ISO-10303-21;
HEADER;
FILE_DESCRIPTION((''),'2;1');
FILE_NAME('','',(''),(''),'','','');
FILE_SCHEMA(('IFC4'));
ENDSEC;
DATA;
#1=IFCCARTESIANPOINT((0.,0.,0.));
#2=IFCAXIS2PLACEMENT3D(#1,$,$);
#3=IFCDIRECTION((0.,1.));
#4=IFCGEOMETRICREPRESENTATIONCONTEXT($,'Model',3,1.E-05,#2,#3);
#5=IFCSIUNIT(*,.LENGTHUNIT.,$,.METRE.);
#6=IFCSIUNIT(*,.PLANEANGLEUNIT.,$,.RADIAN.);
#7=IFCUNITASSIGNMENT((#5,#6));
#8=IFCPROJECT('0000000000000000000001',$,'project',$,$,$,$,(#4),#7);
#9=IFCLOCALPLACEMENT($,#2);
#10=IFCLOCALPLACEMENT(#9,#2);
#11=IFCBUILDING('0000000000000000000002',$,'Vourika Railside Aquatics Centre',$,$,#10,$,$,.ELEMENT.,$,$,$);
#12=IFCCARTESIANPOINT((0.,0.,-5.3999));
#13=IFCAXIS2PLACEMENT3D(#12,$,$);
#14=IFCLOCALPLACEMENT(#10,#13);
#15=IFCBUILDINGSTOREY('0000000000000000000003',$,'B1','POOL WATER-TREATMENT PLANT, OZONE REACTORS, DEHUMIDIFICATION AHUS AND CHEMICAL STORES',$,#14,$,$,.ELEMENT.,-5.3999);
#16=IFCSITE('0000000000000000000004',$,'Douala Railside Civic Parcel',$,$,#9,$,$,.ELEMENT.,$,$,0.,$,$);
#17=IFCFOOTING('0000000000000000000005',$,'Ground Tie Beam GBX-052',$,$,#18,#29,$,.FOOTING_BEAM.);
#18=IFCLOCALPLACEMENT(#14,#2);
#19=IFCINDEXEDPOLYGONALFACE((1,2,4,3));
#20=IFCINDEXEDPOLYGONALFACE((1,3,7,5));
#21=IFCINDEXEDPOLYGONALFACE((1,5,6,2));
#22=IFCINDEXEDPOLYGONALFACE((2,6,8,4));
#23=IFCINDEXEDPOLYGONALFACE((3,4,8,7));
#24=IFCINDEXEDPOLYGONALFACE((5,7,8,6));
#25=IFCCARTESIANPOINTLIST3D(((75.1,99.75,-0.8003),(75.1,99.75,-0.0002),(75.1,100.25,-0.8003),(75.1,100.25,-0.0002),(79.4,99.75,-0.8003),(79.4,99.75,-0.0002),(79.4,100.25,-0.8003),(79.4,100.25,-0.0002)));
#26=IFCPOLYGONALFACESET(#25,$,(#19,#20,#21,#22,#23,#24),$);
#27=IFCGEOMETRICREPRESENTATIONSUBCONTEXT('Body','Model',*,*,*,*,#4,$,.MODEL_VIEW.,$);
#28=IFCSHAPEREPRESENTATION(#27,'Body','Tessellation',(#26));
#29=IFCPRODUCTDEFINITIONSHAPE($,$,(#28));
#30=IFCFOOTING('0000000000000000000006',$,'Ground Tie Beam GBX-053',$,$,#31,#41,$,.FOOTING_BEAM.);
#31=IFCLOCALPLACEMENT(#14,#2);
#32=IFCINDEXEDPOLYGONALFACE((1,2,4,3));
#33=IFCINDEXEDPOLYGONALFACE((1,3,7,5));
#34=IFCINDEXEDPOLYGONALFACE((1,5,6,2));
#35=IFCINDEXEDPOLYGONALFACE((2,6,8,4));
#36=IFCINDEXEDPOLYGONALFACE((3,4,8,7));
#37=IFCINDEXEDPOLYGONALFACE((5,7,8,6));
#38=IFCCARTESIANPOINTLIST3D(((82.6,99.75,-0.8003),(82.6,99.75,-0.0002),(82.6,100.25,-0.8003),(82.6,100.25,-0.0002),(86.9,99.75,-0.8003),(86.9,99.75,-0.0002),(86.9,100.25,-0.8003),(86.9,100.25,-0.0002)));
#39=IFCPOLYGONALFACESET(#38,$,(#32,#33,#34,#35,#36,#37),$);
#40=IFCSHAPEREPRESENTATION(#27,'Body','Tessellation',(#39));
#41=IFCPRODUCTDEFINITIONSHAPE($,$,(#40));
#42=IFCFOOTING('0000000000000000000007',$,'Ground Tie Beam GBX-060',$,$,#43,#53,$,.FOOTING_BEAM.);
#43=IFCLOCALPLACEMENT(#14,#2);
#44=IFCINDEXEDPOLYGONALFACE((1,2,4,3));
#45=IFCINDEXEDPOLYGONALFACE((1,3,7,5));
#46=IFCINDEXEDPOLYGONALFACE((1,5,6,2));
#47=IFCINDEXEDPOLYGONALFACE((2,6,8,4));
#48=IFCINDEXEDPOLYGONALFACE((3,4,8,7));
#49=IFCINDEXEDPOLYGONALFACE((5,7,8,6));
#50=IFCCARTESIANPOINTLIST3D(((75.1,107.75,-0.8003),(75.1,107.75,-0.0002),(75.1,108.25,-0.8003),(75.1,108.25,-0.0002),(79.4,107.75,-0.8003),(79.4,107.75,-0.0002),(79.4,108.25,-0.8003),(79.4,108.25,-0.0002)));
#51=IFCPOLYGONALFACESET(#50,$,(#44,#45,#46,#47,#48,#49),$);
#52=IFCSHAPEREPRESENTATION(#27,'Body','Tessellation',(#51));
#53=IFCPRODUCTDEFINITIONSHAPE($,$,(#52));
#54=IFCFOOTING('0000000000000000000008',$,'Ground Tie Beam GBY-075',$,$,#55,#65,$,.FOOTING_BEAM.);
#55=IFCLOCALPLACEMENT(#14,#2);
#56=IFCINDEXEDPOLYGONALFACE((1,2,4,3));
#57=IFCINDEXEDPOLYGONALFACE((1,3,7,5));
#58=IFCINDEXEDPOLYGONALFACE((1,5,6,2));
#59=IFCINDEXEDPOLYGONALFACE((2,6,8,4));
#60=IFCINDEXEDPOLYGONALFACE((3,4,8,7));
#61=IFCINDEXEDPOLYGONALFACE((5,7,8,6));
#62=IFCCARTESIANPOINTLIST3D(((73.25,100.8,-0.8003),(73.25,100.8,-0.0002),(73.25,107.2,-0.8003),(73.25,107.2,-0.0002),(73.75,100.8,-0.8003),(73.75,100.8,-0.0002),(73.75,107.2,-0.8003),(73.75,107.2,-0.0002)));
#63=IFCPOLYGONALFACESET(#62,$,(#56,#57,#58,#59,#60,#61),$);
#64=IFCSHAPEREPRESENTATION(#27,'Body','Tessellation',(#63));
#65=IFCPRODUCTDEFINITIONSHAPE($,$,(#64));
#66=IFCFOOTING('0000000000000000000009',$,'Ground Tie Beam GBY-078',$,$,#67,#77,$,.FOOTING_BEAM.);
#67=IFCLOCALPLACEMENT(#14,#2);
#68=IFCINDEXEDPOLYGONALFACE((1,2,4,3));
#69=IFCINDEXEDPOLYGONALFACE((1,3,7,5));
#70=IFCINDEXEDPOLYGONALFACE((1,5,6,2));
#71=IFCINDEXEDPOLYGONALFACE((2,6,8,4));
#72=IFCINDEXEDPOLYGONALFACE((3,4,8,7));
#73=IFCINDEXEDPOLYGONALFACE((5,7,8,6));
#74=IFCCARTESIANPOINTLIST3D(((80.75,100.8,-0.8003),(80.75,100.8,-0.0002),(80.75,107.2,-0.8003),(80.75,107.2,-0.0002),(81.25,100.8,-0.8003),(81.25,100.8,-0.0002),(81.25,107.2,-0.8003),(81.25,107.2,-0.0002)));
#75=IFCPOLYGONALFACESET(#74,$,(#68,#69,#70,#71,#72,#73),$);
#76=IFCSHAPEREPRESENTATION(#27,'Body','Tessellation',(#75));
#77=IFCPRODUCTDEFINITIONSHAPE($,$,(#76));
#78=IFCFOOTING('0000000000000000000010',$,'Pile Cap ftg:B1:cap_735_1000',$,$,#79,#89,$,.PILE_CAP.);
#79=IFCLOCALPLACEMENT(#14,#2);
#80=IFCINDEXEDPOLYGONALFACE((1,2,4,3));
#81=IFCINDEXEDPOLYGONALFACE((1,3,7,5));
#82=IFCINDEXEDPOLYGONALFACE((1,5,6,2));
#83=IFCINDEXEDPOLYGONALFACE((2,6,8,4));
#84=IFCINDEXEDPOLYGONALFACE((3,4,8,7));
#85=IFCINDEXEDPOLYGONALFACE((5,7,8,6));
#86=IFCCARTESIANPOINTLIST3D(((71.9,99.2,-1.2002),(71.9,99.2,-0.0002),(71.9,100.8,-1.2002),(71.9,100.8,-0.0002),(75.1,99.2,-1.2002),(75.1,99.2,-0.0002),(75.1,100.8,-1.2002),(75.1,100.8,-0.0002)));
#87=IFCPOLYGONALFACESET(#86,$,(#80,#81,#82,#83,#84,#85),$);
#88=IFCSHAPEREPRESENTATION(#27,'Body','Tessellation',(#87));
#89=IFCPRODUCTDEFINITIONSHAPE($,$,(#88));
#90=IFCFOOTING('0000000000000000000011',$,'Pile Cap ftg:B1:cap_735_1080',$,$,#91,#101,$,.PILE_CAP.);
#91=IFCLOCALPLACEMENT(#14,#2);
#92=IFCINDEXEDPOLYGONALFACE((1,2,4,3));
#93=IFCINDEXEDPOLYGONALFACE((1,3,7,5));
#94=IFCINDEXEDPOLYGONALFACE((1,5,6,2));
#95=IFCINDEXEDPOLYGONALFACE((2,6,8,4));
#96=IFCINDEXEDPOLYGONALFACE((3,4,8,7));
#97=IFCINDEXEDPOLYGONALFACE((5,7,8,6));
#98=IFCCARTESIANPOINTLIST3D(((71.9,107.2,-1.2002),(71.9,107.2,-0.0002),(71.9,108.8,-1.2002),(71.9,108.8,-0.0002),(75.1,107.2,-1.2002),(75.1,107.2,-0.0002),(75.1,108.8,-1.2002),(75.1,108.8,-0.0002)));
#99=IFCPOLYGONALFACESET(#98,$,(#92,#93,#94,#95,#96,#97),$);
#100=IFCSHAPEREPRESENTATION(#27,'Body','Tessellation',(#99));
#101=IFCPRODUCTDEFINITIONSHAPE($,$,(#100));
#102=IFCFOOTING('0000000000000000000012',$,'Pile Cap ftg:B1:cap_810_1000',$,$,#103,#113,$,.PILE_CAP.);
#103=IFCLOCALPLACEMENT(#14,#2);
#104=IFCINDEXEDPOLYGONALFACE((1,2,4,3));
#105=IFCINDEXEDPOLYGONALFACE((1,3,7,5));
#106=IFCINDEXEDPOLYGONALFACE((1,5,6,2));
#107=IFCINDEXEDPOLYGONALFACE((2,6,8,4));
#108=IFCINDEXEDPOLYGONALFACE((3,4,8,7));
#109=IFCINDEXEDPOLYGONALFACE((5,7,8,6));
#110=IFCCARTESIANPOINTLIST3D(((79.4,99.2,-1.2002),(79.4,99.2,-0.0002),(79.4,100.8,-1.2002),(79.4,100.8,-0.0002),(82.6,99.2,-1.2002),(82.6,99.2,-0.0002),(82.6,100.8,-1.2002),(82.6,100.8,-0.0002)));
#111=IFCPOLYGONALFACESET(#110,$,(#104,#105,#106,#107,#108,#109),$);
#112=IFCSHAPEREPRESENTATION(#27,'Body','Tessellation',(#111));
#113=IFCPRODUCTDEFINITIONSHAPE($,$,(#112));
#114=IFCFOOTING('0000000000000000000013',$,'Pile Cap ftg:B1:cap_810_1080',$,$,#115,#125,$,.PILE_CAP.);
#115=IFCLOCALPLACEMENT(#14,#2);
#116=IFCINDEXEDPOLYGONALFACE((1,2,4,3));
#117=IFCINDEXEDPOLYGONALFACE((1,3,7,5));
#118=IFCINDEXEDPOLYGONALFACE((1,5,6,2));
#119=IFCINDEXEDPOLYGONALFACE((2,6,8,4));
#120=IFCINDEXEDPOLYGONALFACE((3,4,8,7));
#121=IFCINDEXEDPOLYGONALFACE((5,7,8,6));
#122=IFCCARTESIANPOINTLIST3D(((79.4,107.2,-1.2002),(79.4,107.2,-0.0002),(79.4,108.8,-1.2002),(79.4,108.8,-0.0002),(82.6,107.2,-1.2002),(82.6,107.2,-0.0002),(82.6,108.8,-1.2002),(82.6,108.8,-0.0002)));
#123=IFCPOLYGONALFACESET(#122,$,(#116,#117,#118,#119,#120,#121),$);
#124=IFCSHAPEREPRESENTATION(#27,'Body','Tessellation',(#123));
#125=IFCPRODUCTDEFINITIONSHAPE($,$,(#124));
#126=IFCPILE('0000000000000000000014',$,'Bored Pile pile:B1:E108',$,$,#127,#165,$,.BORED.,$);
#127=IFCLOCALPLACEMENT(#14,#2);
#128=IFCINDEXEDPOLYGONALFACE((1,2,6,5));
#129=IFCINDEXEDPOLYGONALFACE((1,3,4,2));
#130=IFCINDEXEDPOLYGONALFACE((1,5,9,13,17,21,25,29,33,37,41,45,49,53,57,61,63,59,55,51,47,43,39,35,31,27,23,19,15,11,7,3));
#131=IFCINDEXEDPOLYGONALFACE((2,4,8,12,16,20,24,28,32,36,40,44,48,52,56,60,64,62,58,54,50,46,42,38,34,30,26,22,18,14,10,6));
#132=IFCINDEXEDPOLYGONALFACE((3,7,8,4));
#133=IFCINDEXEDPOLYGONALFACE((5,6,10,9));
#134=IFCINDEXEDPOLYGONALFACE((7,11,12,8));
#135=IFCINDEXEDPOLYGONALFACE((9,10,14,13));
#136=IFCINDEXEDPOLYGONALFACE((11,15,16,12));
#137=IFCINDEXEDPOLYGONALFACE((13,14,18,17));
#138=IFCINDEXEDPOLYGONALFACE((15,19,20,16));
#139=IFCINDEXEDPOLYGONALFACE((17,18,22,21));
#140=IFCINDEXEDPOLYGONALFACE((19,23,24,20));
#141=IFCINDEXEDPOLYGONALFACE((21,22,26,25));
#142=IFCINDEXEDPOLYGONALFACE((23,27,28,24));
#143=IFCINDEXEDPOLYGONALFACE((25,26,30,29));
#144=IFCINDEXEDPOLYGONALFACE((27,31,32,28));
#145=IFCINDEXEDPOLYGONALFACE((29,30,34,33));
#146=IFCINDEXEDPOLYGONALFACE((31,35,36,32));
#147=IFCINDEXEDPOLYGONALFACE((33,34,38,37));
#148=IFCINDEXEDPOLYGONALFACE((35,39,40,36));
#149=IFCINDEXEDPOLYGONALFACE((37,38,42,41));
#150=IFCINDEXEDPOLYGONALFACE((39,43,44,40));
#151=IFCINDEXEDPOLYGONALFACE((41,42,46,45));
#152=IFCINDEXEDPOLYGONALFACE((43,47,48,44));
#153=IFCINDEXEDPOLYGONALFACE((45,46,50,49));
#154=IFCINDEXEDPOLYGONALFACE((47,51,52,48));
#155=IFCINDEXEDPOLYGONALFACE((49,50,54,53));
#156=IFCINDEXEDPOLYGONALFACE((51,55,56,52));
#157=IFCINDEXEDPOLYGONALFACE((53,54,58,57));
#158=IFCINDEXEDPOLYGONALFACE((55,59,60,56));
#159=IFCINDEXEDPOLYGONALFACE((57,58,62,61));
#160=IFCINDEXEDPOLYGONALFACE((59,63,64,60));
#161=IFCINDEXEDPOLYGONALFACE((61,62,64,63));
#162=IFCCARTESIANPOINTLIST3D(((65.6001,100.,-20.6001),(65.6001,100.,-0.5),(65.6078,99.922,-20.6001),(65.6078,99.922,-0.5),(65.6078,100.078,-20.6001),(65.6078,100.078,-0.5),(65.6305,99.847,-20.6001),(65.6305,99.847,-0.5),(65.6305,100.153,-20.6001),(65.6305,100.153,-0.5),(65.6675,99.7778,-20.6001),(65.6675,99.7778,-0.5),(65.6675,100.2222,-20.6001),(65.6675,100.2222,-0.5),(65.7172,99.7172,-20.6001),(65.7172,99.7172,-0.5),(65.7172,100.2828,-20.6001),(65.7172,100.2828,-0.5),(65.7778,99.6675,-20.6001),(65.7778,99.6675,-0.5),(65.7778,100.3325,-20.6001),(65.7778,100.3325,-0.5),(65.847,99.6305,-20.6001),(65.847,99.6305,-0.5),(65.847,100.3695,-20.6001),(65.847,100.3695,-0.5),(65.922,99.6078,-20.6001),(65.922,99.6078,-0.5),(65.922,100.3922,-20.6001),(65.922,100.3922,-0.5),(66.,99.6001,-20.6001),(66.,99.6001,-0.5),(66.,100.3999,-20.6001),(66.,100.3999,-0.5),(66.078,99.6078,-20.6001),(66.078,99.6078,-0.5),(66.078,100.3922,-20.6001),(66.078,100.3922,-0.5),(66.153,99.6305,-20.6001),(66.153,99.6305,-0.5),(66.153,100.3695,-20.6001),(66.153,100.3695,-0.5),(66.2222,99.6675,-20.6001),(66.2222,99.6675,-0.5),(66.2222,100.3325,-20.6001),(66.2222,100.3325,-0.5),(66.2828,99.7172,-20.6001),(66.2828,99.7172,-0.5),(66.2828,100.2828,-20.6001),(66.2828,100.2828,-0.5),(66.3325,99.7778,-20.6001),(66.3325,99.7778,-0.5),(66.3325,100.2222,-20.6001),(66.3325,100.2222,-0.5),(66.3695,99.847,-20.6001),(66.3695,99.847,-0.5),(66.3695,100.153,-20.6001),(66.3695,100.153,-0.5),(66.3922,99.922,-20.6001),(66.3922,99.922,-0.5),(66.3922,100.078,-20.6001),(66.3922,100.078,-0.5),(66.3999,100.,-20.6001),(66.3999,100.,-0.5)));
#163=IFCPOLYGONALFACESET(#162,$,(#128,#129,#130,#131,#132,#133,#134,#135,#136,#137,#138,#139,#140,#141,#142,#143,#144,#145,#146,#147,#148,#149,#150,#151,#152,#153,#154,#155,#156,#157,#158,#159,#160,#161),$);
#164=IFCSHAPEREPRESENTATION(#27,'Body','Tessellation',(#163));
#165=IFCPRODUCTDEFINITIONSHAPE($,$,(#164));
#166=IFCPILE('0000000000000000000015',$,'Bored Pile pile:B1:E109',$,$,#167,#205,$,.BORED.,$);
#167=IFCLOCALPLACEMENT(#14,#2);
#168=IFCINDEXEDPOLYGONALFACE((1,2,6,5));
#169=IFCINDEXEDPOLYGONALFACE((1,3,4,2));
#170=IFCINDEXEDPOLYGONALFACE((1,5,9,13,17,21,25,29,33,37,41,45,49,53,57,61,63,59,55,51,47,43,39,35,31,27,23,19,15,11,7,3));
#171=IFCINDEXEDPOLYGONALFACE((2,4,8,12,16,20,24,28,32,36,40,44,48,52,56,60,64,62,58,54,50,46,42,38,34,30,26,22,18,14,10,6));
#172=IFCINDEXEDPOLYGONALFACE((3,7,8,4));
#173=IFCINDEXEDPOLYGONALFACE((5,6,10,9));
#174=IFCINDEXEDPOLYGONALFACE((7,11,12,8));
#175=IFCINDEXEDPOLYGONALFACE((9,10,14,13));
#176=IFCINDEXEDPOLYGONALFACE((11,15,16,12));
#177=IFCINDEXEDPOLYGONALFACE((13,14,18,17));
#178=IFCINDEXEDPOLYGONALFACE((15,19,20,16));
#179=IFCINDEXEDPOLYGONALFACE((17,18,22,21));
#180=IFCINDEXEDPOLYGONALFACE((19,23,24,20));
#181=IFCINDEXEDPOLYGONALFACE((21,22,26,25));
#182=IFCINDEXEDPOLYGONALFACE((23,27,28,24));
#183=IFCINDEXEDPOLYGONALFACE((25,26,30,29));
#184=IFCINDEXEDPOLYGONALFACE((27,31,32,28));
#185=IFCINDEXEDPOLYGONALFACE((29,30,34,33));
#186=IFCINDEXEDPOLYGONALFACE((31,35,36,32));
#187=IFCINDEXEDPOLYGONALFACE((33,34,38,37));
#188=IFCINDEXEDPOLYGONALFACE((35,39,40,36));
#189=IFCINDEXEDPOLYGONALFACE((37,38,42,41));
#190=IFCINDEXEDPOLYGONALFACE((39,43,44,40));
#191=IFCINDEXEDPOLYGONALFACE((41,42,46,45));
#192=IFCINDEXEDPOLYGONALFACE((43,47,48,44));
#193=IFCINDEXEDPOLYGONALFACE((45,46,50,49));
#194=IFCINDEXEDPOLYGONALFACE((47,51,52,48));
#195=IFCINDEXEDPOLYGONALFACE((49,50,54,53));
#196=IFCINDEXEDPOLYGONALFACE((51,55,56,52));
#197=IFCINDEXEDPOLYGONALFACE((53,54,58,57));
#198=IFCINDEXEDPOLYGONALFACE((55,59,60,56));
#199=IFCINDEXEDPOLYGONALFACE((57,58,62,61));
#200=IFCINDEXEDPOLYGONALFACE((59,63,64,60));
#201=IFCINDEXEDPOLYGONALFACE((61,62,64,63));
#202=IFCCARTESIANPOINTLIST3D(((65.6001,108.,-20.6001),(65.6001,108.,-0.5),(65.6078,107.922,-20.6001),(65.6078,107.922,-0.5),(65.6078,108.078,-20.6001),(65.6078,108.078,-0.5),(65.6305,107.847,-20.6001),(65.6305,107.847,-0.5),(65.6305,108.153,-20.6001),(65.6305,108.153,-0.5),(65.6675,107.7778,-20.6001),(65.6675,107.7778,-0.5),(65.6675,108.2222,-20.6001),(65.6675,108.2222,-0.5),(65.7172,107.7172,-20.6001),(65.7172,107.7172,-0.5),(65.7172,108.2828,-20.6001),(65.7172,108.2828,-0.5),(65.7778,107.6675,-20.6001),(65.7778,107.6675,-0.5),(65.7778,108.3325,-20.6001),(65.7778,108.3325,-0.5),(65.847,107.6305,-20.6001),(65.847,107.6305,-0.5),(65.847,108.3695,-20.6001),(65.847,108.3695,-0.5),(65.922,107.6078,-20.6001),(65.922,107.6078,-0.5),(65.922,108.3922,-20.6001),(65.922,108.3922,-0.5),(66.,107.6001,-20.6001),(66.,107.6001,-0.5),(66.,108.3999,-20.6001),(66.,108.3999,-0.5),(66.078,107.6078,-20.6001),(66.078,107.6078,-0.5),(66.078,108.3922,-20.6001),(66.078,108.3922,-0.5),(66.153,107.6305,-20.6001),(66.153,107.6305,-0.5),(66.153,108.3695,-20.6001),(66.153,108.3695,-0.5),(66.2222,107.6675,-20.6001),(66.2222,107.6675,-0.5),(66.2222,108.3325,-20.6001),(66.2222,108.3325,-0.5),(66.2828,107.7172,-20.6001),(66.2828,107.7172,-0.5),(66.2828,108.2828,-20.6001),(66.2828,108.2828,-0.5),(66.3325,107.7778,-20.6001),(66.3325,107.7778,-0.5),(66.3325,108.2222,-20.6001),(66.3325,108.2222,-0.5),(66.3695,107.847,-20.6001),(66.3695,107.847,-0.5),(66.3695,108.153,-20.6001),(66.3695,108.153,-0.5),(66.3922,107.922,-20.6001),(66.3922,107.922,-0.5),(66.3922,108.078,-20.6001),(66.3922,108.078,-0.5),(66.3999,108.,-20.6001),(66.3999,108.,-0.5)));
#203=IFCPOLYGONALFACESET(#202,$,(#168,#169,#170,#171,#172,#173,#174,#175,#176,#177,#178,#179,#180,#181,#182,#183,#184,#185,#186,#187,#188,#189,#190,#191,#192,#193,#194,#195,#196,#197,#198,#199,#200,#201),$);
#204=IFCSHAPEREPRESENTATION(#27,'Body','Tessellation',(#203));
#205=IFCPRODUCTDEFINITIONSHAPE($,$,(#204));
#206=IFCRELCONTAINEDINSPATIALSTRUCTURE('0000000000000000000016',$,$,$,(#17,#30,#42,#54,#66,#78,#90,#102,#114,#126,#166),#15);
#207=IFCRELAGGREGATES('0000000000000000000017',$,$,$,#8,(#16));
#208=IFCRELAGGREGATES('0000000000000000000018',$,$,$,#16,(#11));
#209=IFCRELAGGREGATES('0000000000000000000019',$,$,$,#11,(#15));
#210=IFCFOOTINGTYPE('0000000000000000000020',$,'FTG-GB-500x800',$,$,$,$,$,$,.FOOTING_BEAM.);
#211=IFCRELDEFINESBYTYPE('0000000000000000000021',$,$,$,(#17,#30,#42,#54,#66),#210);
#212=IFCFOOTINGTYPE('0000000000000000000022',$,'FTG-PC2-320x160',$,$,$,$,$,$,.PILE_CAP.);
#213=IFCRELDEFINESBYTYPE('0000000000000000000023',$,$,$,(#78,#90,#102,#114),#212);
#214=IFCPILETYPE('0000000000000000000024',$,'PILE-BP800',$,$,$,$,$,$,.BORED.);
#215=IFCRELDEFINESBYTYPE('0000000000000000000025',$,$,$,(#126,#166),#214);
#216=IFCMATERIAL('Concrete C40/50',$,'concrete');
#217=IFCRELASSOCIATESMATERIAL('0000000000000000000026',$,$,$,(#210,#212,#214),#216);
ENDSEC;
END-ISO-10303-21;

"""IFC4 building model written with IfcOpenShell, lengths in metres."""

from ifc_helpers import new_model, si_unit, direction, frame, origin, origin_2d, place, context, subcontext, project, spatial, rectangle, circle, extrude, material, material_profile, profile_set, type_object, element, save


model = new_model("IFC4")

# Units and contexts
model_context = context("Model", 3, precision=1e-05, world=origin(), true_north=direction((0.0, 1.0)))
body_context = subcontext(model_context, "Body", "Model", "MODEL_VIEW")
ifc_project = project(units=[si_unit("LENGTHUNIT", "METRE"), si_unit("PLANEANGLEUNIT", "RADIAN")], contexts=[model_context])

# Site, building, storey
site_placement = place(None, origin())
site = spatial("IfcSite", under=ifc_project, at=site_placement, Name="Douala Railside Civic Parcel", CompositionType="ELEMENT", RefElevation=0.0)
building_placement = place(site_placement, origin())
building = spatial("IfcBuilding", under=site, at=building_placement, Name="Vourika Railside Aquatics Centre", CompositionType="ELEMENT")
storey_placement = place(building_placement, frame((0.0, 0.0, -5.3999)))
storey = spatial("IfcBuildingStorey", under=building, at=storey_placement, Name="B1", Description="POOL WATER-TREATMENT PLANT, OZONE REACTORS, DEHUMIDIFICATION AHUS AND CHEMICAL STORES", CompositionType="ELEMENT", Elevation=-5.3999)

# Footings
ifc_material_1 = material(Name="Concrete C40/50", Category="concrete")
footing_type_1 = type_object("IfcFootingType", Name="FTG-GB-500x800", PredefinedType="FOOTING_BEAM", material=ifc_material_1)
for number, where, z_axis, x_axis, name in (
    (1, (77.25, 100.0, -0.8003), (0.0, 0.0, 1.0), (1.0, 0.0, 0.0), "Ground Tie Beam GBX-052"),
    (2, (84.75, 100.0, -0.8003), (0.0, 0.0, 1.0), (1.0, 0.0, 0.0), "Ground Tie Beam GBX-053"),
    (3, (77.25, 108.0, -0.8003), (0.0, 0.0, 1.0), (1.0, 0.0, 0.0), "Ground Tie Beam GBX-060"),
):
    element("IfcFooting", number, at=place(storey_placement, frame(where, z_axis=z_axis, x_axis=x_axis)), inside=storey, type_object=footing_type_1, Name=name, PredefinedType="FOOTING_BEAM", context=body_context, shape_type="SweptSolid", body=[
        extrude(rectangle(XDim=4.3, YDim=0.5, at=origin_2d()), origin(), (0.0, 0.0, 1.0), 0.8),
    ])
for number, where, z_axis, x_axis, name in (
    (4, (73.5, 104.0, -0.8003), (0.0, 0.0, 1.0), (0.0, 1.0, 0.0), "Ground Tie Beam GBY-075"),
    (5, (81.0, 104.0, -0.8003), (0.0, 0.0, 1.0), (0.0, 1.0, 0.0), "Ground Tie Beam GBY-078"),
):
    element("IfcFooting", number, at=place(storey_placement, frame(where, z_axis=z_axis, x_axis=x_axis)), inside=storey, type_object=footing_type_1, Name=name, PredefinedType="FOOTING_BEAM", context=body_context, shape_type="SweptSolid", body=[
        extrude(rectangle(XDim=6.3999, YDim=0.5, at=origin_2d()), origin(), (0.0, 0.0, 1.0), 0.8),
    ])
footing_type_2 = type_object("IfcFootingType", Name="FTG-PC2-320x160", PredefinedType="PILE_CAP", material=ifc_material_1)
for number, where, z_axis, x_axis, name in (
    (6, (73.5, 100.0, -1.2002), (0.0, 0.0, 1.0), (1.0, 0.0, 0.0), "Pile Cap ftg:B1:cap_735_1000"),
    (7, (73.5, 108.0, -1.2002), (0.0, 0.0, 1.0), (1.0, 0.0, 0.0), "Pile Cap ftg:B1:cap_735_1080"),
    (8, (81.0, 100.0, -1.2002), (0.0, 0.0, 1.0), (1.0, 0.0, 0.0), "Pile Cap ftg:B1:cap_810_1000"),
    (9, (81.0, 108.0, -1.2002), (0.0, 0.0, 1.0), (1.0, 0.0, 0.0), "Pile Cap ftg:B1:cap_810_1080"),
):
    element("IfcFooting", number, at=place(storey_placement, frame(where, z_axis=z_axis, x_axis=x_axis)), inside=storey, type_object=footing_type_2, Name=name, PredefinedType="PILE_CAP", context=body_context, shape_type="SweptSolid", body=[
        extrude(rectangle(XDim=3.2, YDim=1.6001, at=origin_2d()), origin(), (0.0, 0.0, 1.0), 1.2),
    ])

# Piles
ifc_material_profile_1 = material_profile(ifc_material_1, circle(Radius=0.3999, at=origin_2d()), Name="BP 800")
ifc_profile_set_1 = profile_set([ifc_material_profile_1], Name="Concrete C40/50")
pile_type = type_object("IfcPileType", Name="PILE-BP800", PredefinedType="BORED", material=ifc_profile_set_1)
for number, where, z_axis, x_axis, name in (
    (10, (66.0, 100.0, -0.5), (0.0, 0.0, -1.0), (1.0, 0.0, 0.0), "Bored Pile pile:B1:E108"),
    (11, (66.0, 108.0, -0.5), (0.0, 0.0, -1.0), (1.0, 0.0, 0.0), "Bored Pile pile:B1:E109"),
):
    element("IfcPile", number, at=place(storey_placement, frame(where, z_axis=z_axis, x_axis=x_axis)), inside=storey, type_object=pile_type, Name=name, PredefinedType="BORED", context=body_context, shape_type="SweptSolid", body=[
        extrude(circle(Radius=0.3999, at=origin_2d()), origin(), (0.0, 0.0, 1.0), 20.1001),
    ])

save(model, "model.ifc")
